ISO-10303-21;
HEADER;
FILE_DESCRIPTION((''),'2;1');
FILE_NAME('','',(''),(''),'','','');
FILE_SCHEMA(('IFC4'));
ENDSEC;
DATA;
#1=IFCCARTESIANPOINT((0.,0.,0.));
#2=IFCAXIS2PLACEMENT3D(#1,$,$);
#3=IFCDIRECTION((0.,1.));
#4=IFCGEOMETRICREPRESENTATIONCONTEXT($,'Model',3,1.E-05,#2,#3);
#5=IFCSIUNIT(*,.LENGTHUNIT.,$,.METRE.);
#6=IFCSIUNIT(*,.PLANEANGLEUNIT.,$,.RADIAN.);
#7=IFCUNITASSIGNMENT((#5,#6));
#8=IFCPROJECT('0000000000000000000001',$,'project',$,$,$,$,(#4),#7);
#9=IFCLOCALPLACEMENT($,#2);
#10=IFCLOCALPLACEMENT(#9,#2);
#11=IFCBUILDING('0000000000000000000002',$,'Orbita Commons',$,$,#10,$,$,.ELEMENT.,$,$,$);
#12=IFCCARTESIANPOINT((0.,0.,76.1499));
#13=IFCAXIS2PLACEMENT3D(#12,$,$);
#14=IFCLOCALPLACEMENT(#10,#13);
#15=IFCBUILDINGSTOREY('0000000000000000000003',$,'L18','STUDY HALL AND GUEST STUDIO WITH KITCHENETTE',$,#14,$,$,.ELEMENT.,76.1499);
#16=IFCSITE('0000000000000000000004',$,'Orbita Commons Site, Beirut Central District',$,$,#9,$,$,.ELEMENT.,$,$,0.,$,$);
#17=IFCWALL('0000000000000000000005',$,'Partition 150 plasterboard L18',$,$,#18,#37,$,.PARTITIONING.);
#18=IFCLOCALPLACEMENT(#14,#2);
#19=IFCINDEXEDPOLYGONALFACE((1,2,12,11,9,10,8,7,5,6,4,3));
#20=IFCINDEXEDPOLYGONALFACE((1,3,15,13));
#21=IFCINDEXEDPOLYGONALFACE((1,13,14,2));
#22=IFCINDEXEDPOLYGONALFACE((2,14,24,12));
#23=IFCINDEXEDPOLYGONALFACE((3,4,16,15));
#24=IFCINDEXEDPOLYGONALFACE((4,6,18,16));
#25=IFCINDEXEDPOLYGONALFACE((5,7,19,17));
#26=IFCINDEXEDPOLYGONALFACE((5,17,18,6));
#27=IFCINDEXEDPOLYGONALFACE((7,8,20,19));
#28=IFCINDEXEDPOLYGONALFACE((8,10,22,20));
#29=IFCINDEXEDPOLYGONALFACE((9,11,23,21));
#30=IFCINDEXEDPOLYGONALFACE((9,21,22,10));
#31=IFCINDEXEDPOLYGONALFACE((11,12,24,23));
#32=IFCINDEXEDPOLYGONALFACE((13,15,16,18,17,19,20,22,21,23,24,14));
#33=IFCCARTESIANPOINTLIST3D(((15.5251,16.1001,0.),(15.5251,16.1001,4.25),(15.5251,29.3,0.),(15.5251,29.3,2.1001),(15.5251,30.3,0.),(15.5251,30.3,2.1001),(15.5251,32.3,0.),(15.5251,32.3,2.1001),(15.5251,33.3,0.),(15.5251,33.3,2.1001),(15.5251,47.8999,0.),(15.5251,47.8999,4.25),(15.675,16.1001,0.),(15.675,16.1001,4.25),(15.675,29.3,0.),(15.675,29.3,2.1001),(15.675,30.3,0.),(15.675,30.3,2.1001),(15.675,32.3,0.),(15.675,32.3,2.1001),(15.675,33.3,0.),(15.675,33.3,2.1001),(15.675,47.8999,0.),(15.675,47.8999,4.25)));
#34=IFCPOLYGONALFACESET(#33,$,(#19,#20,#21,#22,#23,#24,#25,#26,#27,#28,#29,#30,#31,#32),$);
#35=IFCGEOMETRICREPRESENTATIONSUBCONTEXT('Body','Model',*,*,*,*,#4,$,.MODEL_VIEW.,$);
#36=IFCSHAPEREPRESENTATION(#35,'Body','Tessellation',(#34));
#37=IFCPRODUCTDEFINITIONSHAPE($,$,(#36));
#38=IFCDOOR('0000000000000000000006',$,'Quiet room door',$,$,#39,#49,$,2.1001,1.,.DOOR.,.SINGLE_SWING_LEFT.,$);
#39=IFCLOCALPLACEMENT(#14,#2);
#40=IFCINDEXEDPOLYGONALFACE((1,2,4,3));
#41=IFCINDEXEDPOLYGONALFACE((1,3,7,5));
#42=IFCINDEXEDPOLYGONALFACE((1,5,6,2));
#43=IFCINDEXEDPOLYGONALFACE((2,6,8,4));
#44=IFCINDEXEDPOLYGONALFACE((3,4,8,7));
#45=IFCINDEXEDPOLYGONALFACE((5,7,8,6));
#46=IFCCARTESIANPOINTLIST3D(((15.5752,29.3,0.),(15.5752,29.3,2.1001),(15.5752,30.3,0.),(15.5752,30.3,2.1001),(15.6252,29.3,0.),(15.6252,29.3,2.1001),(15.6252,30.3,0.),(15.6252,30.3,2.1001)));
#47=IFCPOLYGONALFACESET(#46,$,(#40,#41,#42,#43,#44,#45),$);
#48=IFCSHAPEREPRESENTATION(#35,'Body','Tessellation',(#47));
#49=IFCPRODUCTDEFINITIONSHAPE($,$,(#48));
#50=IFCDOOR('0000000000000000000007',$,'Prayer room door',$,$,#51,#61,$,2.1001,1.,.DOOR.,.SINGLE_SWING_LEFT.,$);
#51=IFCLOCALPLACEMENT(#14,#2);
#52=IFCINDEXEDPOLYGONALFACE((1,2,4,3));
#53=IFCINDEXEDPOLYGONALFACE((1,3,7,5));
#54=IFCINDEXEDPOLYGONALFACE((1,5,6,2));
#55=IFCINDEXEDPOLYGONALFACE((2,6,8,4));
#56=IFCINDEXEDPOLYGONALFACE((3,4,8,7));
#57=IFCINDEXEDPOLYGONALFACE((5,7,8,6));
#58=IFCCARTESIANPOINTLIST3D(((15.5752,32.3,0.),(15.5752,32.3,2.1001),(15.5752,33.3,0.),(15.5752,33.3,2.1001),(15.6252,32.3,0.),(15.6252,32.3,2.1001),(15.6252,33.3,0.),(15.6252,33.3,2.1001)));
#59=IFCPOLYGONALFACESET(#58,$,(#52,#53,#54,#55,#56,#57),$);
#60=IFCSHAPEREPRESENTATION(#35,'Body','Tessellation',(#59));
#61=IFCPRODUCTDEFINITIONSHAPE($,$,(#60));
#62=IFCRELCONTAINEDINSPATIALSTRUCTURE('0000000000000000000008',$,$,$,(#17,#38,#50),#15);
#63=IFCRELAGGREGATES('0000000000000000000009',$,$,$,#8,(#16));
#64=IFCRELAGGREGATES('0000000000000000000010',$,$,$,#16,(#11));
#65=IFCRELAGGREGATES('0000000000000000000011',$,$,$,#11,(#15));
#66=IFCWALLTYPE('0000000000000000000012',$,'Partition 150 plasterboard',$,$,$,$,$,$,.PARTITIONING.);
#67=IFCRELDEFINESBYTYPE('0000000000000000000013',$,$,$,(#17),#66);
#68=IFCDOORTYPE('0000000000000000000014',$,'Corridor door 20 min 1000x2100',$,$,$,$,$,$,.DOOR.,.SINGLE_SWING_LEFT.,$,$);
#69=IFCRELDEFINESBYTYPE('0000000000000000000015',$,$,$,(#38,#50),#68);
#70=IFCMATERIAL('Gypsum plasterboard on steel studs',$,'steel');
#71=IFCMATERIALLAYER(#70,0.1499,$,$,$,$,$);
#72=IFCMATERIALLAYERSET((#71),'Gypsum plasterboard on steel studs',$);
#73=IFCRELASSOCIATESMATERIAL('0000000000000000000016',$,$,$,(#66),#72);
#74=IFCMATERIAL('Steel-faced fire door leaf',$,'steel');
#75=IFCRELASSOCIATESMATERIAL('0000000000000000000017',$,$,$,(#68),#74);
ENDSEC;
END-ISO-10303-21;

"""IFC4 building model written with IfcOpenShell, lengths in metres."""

from ifc_helpers import new_model, si_unit, direction, frame, frame_2d, origin, place, context, subcontext, project, spatial, rectangle, extrude, material, layer, layer_set, type_object, element, fill, save


model = new_model("IFC4")

# Units and contexts
model_context = context("Model", 3, precision=1e-05, world=origin(), true_north=direction((0.0, 1.0)))
body_context = subcontext(model_context, "Body", "Model", "MODEL_VIEW")
ifc_project = project(units=[si_unit("LENGTHUNIT", "METRE"), si_unit("PLANEANGLEUNIT", "RADIAN")], contexts=[model_context])

# Site, building, storey
site_placement = place(None, origin())
site = spatial("IfcSite", under=ifc_project, at=site_placement, Name="Orbita Commons Site, Beirut Central District", CompositionType="ELEMENT", RefElevation=0.0)
building_placement = place(site_placement, origin())
building = spatial("IfcBuilding", under=site, at=building_placement, Name="Orbita Commons", CompositionType="ELEMENT")
storey_placement = place(building_placement, frame((0.0, 0.0, 76.1499)))
storey = spatial("IfcBuildingStorey", under=building, at=storey_placement, Name="L18", Description="STUDY HALL AND GUEST STUDIO WITH KITCHENETTE", CompositionType="ELEMENT", Elevation=76.1499)

# Shared definitions
ifc_material_1 = material(Name="Gypsum plasterboard on steel studs", Category="steel")
ifc_layer_1 = layer(ifc_material_1, 0.1499)
ifc_layer_set_1 = layer_set([ifc_layer_1], Name="Gypsum plasterboard on steel studs")
wall_type_1 = type_object("IfcWallType", Name="Partition 150 plasterboard", PredefinedType="PARTITIONING", material=ifc_layer_set_1)

# Wall, openings, doors
wall_1_placement = place(storey_placement, frame((15.6001, 16.1001, 0.0), z_axis=(0.0, 0.0, 1.0), x_axis=(0.0, 1.0, 0.0)))
wall_1 = element("IfcWall", 1, at=wall_1_placement, inside=storey, type_object=wall_type_1, Name="Partition 150 plasterboard L18", PredefinedType="PARTITIONING", context=body_context, shape_type="SweptSolid", body=[
    extrude(rectangle(XDim=31.7998, YDim=0.1499, at=frame_2d((15.8999, 0.0))), origin(), (0.0, 0.0, 1.0), 4.25),
])
opening_1_placement = place(wall_1_placement, frame((13.2, 0.0, 0.0)))
opening_1 = element("IfcOpeningElement", 2, at=opening_1_placement, cuts=wall_1, PredefinedType="OPENING", context=body_context, shape_type="SweptSolid", body=[
    extrude(rectangle(XDim=1.0, YDim=2.1001, at=frame_2d((0.5, 1.05))), frame((0.0, 0.085, 0.0), z_axis=(0.0, -1.0, 0.0), x_axis=(1.0, 0.0, 0.0)), (0.0, 0.0, 1.0), 0.1699),
])
opening_2_placement = place(wall_1_placement, frame((16.2, 0.0, 0.0)))
opening_2 = element("IfcOpeningElement", 3, at=opening_2_placement, cuts=wall_1, PredefinedType="OPENING", context=body_context, shape_type="SweptSolid", body=[
    extrude(rectangle(XDim=1.0, YDim=2.1001, at=frame_2d((0.5, 1.05))), frame((0.0, 0.085, 0.0), z_axis=(0.0, -1.0, 0.0), x_axis=(1.0, 0.0, 0.0)), (0.0, 0.0, 1.0), 0.1699),
])
ifc_material_2 = material(Name="Steel-faced fire door leaf", Category="steel")
door_type_1 = type_object("IfcDoorType", Name="Corridor door 20 min 1000x2100", OperationType="SINGLE_SWING_LEFT", PredefinedType="DOOR", material=ifc_material_2)
door_1_placement = place(opening_1_placement, origin())
door_1 = element("IfcDoor", 4, at=door_1_placement, inside=storey, type_object=door_type_1, Name="Quiet room door", OperationType="SINGLE_SWING_LEFT", OverallHeight=2.1001, OverallWidth=1.0, PredefinedType="DOOR", context=body_context, shape_type="SweptSolid", body=[
    extrude(rectangle(XDim=1.0, YDim=2.1001, at=frame_2d((0.5, 1.05))), frame((0.0, 0.0249, 0.0), z_axis=(0.0, -1.0, 0.0), x_axis=(1.0, 0.0, 0.0)), (0.0, 0.0, 1.0), 0.05),
])
fill(opening_1, door_1)
door_2_placement = place(opening_2_placement, origin())
door_2 = element("IfcDoor", 5, at=door_2_placement, inside=storey, type_object=door_type_1, Name="Prayer room door", OperationType="SINGLE_SWING_LEFT", OverallHeight=2.1001, OverallWidth=1.0, PredefinedType="DOOR", context=body_context, shape_type="SweptSolid", body=[
    extrude(rectangle(XDim=1.0, YDim=2.1001, at=frame_2d((0.5, 1.05))), frame((0.0, 0.0249, 0.0), z_axis=(0.0, -1.0, 0.0), x_axis=(1.0, 0.0, 0.0)), (0.0, 0.0, 1.0), 0.05),
])
fill(opening_2, door_2)

save(model, "model.ifc")
